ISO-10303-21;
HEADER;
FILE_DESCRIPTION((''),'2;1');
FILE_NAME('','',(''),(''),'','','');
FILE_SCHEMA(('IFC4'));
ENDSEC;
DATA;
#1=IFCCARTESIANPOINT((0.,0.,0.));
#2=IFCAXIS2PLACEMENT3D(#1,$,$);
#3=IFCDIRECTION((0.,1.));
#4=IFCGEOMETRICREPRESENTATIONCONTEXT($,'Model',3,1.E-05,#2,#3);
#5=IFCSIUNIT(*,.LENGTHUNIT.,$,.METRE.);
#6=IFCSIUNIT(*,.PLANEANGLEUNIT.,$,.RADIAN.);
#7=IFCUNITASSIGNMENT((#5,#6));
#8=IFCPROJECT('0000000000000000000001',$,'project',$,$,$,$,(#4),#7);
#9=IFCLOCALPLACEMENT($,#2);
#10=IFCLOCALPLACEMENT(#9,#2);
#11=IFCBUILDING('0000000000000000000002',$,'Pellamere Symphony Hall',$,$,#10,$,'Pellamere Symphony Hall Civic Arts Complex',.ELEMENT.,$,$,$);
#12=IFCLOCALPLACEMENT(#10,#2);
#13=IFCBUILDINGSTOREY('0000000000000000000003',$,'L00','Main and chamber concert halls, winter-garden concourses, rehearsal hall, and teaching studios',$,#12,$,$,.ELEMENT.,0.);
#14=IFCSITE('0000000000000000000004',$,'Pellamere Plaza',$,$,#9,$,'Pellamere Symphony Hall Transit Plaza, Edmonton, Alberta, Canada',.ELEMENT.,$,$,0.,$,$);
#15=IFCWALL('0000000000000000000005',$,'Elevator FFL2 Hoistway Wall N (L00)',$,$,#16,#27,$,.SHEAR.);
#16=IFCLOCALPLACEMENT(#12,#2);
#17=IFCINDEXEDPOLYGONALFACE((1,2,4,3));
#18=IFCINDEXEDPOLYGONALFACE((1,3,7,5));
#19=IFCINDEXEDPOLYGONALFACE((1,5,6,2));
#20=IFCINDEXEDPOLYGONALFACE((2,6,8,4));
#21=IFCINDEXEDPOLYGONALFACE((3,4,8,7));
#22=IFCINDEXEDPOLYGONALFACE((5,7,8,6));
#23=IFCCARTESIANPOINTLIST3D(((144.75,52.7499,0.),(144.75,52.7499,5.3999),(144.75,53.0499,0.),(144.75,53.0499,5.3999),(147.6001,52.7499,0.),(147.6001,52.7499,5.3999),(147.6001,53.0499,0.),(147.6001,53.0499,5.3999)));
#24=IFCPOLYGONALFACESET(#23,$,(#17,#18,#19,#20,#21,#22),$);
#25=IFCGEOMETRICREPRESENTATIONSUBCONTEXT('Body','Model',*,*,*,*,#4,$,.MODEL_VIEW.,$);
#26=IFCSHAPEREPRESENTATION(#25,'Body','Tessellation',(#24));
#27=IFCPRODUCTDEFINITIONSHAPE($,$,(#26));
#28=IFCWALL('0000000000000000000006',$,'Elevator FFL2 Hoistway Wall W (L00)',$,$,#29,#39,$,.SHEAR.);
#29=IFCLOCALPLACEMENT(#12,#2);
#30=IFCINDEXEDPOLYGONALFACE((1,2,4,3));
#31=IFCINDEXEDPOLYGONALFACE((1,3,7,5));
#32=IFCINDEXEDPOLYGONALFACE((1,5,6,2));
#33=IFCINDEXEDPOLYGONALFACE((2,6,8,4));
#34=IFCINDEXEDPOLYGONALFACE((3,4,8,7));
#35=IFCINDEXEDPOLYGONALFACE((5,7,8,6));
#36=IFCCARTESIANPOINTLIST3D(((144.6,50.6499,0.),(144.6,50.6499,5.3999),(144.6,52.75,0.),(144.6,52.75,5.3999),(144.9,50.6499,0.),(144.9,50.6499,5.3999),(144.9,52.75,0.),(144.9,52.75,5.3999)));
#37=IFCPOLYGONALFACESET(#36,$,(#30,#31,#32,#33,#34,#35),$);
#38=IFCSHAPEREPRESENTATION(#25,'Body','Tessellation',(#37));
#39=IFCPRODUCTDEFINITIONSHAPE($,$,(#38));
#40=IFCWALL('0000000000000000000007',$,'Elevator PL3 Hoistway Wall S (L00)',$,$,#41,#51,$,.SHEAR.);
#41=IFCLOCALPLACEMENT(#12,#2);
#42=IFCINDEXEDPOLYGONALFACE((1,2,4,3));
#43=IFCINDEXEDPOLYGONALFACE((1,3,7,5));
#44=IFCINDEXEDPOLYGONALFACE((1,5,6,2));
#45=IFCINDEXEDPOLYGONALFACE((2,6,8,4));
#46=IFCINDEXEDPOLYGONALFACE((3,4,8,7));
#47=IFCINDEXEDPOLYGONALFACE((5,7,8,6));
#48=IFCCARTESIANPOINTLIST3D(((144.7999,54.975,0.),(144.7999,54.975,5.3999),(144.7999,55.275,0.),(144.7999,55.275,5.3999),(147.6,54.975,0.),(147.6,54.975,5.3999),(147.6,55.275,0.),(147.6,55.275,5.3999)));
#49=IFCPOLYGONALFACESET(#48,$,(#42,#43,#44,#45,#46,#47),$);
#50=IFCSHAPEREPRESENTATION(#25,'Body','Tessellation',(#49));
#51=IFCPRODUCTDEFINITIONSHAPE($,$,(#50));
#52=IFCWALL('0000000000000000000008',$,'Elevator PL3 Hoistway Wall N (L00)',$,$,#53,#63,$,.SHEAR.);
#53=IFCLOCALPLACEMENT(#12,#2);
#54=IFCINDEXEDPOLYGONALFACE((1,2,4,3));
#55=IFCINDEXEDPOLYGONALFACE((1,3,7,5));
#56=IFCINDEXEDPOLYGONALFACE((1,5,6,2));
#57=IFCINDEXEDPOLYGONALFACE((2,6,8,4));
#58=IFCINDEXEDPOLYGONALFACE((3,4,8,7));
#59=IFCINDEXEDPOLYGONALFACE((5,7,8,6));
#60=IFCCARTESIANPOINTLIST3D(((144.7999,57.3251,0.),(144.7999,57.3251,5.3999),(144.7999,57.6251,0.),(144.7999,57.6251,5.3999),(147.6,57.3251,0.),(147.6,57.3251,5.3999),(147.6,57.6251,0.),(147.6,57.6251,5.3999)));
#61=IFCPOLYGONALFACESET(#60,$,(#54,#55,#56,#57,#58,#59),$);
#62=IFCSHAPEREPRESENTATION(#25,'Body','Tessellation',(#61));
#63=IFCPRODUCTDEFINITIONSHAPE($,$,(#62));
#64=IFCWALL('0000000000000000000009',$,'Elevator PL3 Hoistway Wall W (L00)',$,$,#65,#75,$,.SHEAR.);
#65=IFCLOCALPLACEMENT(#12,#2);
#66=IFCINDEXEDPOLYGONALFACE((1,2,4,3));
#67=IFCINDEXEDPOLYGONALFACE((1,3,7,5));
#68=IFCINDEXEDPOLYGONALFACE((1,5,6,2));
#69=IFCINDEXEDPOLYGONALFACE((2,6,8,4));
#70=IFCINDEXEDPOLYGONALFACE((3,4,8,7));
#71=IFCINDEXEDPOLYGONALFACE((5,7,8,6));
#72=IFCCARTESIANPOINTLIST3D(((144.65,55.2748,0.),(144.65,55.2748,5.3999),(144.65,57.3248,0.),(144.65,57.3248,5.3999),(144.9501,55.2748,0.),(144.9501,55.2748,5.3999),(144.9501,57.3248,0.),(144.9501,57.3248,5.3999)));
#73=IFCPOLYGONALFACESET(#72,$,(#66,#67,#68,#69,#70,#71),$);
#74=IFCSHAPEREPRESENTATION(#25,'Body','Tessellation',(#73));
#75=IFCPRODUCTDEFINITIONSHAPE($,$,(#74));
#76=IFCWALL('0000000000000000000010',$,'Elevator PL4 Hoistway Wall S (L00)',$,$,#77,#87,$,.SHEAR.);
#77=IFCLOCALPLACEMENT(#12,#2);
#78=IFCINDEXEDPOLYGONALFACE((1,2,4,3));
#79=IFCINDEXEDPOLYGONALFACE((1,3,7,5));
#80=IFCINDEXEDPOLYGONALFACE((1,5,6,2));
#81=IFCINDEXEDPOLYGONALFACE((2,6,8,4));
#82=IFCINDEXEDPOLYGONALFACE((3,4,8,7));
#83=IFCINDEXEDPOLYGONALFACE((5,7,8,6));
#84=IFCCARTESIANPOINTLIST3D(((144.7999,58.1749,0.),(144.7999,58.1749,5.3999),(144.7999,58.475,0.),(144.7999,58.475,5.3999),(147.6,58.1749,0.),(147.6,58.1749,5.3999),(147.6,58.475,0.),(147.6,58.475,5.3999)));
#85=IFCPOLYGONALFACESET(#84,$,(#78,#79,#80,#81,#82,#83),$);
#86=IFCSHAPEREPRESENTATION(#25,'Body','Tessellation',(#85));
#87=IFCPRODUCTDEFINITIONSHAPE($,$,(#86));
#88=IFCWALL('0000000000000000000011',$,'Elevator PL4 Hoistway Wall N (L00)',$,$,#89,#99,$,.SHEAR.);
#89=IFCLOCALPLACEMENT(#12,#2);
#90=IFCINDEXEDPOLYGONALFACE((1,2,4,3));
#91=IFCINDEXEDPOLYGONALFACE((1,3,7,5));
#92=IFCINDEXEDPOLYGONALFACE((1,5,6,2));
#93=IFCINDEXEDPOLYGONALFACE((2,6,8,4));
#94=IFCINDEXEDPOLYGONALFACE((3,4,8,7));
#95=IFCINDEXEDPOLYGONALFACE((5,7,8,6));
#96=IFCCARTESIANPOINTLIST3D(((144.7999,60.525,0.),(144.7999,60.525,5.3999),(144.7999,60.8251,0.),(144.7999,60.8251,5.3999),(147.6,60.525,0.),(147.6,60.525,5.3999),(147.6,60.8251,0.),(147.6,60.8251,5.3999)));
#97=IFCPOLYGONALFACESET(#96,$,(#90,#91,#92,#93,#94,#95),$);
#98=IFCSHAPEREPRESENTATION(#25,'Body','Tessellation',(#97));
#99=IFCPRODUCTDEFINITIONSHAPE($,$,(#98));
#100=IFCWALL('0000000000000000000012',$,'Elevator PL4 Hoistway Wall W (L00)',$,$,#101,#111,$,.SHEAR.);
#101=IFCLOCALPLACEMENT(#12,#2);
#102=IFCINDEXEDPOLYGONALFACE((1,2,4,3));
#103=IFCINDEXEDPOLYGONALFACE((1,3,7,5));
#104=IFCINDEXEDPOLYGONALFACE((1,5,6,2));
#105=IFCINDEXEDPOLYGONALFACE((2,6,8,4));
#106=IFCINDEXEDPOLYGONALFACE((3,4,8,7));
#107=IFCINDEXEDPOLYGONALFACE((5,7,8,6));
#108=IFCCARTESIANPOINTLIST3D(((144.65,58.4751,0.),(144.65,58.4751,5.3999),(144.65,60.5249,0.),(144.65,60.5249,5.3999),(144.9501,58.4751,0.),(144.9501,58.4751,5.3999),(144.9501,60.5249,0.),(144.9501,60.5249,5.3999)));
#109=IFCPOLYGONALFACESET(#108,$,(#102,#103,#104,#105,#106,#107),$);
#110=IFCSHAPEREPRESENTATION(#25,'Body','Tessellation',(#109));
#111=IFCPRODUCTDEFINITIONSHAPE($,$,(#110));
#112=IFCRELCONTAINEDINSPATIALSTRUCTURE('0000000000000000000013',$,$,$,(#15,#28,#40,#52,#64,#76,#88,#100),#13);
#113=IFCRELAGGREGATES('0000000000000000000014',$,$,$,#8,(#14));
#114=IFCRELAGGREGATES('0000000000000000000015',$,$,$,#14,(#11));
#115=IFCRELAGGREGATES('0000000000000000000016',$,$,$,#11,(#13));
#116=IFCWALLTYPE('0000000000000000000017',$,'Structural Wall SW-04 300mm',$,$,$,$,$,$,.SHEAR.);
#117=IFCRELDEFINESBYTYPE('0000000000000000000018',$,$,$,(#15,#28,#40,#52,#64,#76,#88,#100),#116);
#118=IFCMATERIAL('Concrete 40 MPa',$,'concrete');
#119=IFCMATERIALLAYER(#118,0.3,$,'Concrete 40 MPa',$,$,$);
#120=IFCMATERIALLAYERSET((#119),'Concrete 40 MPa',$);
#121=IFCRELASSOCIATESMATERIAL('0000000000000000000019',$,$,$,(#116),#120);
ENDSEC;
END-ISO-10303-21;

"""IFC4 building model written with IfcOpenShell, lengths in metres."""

from ifc_helpers import new_model, si_unit, direction, frame, frame_2d, origin, place, context, subcontext, project, spatial, rectangle, extrude, material, layer, layer_set, type_object, element, save


model = new_model("IFC4")

# Units and contexts
model_context = context("Model", 3, precision=1e-05, world=origin(), true_north=direction((0.0, 1.0)))
body_context = subcontext(model_context, "Body", "Model", "MODEL_VIEW")
ifc_project = project(units=[si_unit("LENGTHUNIT", "METRE"), si_unit("PLANEANGLEUNIT", "RADIAN")], contexts=[model_context])

# Site, building, storey
site_placement = place(None, origin())
site = spatial("IfcSite", under=ifc_project, at=site_placement, Name="Pellamere Plaza", LongName="Pellamere Symphony Hall Transit Plaza, Edmonton, Alberta, Canada", CompositionType="ELEMENT", RefElevation=0.0)
building_placement = place(site_placement, origin())
building = spatial("IfcBuilding", under=site, at=building_placement, Name="Pellamere Symphony Hall", LongName="Pellamere Symphony Hall Civic Arts Complex", CompositionType="ELEMENT")
storey_placement = place(building_placement, origin())
storey = spatial("IfcBuildingStorey", under=building, at=storey_placement, Name="L00", Description="Main and chamber concert halls, winter-garden concourses, rehearsal hall, and teaching studios", CompositionType="ELEMENT", Elevation=0.0)

# Shared definitions
ifc_material_1 = material(Name="Concrete 40 MPa", Category="concrete")

# Walls
ifc_layer_1 = layer(ifc_material_1, 0.3, Name="Concrete 40 MPa")
ifc_layer_set_1 = layer_set([ifc_layer_1], Name="Concrete 40 MPa")
wall_type = type_object("IfcWallType", Name="Structural Wall SW-04 300mm", PredefinedType="SHEAR", material=ifc_layer_set_1)
for number, where, z_axis, x_axis, name in (
    (1, (144.75, 52.8999, 0.0), (0.0, 0.0, 1.0), (1.0, 0.0, 0.0), "Elevator FFL2 Hoistway Wall N (L00)"),
):
    element("IfcWall", number, at=place(storey_placement, frame(where, z_axis=z_axis, x_axis=x_axis)), inside=storey, type_object=wall_type, Name=name, PredefinedType="SHEAR", context=body_context, shape_type="SweptSolid", body=[
        extrude(rectangle(XDim=2.8501, YDim=0.3, at=frame_2d((1.425, 0.0))), origin(), (0.0, 0.0, 1.0), 5.3999),
    ])
wall_1_placement = place(storey_placement, frame((144.75, 50.6499, 0.0), z_axis=(0.0, 0.0, 1.0), x_axis=(0.0, 1.0, 0.0)))
element("IfcWall", 2, at=wall_1_placement, inside=storey, type_object=wall_type, Name="Elevator FFL2 Hoistway Wall W (L00)", PredefinedType="SHEAR", context=body_context, shape_type="SweptSolid", body=[
    extrude(rectangle(XDim=2.1001, YDim=0.3, at=frame_2d((1.05, 0.0))), origin(), (0.0, 0.0, 1.0), 5.3999),
])
for number, where, z_axis, x_axis, name in (
    (3, (144.8, 55.125, 0.0), (0.0, 0.0, 1.0), (1.0, 0.0, 0.0), "Elevator PL3 Hoistway Wall S (L00)"),
    (4, (144.8, 57.4751, 0.0), (0.0, 0.0, 1.0), (1.0, 0.0, 0.0), "Elevator PL3 Hoistway Wall N (L00)"),
):
    element("IfcWall", number, at=place(storey_placement, frame(where, z_axis=z_axis, x_axis=x_axis)), inside=storey, type_object=wall_type, Name=name, PredefinedType="SHEAR", context=body_context, shape_type="SweptSolid", body=[
        extrude(rectangle(XDim=2.8, YDim=0.3, at=frame_2d((1.3999, 0.0))), origin(), (0.0, 0.0, 1.0), 5.3999),
    ])
wall_2_placement = place(storey_placement, frame((144.8, 55.2749, 0.0), z_axis=(0.0, 0.0, 1.0), x_axis=(0.0, 1.0, 0.0)))
element("IfcWall", 5, at=wall_2_placement, inside=storey, type_object=wall_type, Name="Elevator PL3 Hoistway Wall W (L00)", PredefinedType="SHEAR", context=body_context, shape_type="SweptSolid", body=[
    extrude(rectangle(XDim=2.05, YDim=0.3, at=frame_2d((1.0249, 0.0))), origin(), (0.0, 0.0, 1.0), 5.3999),
])
for number, where, z_axis, x_axis, name in (
    (6, (144.8, 58.325, 0.0), (0.0, 0.0, 1.0), (1.0, 0.0, 0.0), "Elevator PL4 Hoistway Wall S (L00)"),
    (7, (144.8, 60.675, 0.0), (0.0, 0.0, 1.0), (1.0, 0.0, 0.0), "Elevator PL4 Hoistway Wall N (L00)"),
):
    element("IfcWall", number, at=place(storey_placement, frame(where, z_axis=z_axis, x_axis=x_axis)), inside=storey, type_object=wall_type, Name=name, PredefinedType="SHEAR", context=body_context, shape_type="SweptSolid", body=[
        extrude(rectangle(XDim=2.8, YDim=0.3, at=frame_2d((1.3999, 0.0))), origin(), (0.0, 0.0, 1.0), 5.3999),
    ])
wall_3_placement = place(storey_placement, frame((144.8, 58.4751, 0.0), z_axis=(0.0, 0.0, 1.0), x_axis=(0.0, 1.0, 0.0)))
element("IfcWall", 8, at=wall_3_placement, inside=storey, type_object=wall_type, Name="Elevator PL4 Hoistway Wall W (L00)", PredefinedType="SHEAR", context=body_context, shape_type="SweptSolid", body=[
    extrude(rectangle(XDim=2.0498, YDim=0.3, at=frame_2d((1.0249, 0.0))), origin(), (0.0, 0.0, 1.0), 5.3999),
])

save(model, "model.ifc")
